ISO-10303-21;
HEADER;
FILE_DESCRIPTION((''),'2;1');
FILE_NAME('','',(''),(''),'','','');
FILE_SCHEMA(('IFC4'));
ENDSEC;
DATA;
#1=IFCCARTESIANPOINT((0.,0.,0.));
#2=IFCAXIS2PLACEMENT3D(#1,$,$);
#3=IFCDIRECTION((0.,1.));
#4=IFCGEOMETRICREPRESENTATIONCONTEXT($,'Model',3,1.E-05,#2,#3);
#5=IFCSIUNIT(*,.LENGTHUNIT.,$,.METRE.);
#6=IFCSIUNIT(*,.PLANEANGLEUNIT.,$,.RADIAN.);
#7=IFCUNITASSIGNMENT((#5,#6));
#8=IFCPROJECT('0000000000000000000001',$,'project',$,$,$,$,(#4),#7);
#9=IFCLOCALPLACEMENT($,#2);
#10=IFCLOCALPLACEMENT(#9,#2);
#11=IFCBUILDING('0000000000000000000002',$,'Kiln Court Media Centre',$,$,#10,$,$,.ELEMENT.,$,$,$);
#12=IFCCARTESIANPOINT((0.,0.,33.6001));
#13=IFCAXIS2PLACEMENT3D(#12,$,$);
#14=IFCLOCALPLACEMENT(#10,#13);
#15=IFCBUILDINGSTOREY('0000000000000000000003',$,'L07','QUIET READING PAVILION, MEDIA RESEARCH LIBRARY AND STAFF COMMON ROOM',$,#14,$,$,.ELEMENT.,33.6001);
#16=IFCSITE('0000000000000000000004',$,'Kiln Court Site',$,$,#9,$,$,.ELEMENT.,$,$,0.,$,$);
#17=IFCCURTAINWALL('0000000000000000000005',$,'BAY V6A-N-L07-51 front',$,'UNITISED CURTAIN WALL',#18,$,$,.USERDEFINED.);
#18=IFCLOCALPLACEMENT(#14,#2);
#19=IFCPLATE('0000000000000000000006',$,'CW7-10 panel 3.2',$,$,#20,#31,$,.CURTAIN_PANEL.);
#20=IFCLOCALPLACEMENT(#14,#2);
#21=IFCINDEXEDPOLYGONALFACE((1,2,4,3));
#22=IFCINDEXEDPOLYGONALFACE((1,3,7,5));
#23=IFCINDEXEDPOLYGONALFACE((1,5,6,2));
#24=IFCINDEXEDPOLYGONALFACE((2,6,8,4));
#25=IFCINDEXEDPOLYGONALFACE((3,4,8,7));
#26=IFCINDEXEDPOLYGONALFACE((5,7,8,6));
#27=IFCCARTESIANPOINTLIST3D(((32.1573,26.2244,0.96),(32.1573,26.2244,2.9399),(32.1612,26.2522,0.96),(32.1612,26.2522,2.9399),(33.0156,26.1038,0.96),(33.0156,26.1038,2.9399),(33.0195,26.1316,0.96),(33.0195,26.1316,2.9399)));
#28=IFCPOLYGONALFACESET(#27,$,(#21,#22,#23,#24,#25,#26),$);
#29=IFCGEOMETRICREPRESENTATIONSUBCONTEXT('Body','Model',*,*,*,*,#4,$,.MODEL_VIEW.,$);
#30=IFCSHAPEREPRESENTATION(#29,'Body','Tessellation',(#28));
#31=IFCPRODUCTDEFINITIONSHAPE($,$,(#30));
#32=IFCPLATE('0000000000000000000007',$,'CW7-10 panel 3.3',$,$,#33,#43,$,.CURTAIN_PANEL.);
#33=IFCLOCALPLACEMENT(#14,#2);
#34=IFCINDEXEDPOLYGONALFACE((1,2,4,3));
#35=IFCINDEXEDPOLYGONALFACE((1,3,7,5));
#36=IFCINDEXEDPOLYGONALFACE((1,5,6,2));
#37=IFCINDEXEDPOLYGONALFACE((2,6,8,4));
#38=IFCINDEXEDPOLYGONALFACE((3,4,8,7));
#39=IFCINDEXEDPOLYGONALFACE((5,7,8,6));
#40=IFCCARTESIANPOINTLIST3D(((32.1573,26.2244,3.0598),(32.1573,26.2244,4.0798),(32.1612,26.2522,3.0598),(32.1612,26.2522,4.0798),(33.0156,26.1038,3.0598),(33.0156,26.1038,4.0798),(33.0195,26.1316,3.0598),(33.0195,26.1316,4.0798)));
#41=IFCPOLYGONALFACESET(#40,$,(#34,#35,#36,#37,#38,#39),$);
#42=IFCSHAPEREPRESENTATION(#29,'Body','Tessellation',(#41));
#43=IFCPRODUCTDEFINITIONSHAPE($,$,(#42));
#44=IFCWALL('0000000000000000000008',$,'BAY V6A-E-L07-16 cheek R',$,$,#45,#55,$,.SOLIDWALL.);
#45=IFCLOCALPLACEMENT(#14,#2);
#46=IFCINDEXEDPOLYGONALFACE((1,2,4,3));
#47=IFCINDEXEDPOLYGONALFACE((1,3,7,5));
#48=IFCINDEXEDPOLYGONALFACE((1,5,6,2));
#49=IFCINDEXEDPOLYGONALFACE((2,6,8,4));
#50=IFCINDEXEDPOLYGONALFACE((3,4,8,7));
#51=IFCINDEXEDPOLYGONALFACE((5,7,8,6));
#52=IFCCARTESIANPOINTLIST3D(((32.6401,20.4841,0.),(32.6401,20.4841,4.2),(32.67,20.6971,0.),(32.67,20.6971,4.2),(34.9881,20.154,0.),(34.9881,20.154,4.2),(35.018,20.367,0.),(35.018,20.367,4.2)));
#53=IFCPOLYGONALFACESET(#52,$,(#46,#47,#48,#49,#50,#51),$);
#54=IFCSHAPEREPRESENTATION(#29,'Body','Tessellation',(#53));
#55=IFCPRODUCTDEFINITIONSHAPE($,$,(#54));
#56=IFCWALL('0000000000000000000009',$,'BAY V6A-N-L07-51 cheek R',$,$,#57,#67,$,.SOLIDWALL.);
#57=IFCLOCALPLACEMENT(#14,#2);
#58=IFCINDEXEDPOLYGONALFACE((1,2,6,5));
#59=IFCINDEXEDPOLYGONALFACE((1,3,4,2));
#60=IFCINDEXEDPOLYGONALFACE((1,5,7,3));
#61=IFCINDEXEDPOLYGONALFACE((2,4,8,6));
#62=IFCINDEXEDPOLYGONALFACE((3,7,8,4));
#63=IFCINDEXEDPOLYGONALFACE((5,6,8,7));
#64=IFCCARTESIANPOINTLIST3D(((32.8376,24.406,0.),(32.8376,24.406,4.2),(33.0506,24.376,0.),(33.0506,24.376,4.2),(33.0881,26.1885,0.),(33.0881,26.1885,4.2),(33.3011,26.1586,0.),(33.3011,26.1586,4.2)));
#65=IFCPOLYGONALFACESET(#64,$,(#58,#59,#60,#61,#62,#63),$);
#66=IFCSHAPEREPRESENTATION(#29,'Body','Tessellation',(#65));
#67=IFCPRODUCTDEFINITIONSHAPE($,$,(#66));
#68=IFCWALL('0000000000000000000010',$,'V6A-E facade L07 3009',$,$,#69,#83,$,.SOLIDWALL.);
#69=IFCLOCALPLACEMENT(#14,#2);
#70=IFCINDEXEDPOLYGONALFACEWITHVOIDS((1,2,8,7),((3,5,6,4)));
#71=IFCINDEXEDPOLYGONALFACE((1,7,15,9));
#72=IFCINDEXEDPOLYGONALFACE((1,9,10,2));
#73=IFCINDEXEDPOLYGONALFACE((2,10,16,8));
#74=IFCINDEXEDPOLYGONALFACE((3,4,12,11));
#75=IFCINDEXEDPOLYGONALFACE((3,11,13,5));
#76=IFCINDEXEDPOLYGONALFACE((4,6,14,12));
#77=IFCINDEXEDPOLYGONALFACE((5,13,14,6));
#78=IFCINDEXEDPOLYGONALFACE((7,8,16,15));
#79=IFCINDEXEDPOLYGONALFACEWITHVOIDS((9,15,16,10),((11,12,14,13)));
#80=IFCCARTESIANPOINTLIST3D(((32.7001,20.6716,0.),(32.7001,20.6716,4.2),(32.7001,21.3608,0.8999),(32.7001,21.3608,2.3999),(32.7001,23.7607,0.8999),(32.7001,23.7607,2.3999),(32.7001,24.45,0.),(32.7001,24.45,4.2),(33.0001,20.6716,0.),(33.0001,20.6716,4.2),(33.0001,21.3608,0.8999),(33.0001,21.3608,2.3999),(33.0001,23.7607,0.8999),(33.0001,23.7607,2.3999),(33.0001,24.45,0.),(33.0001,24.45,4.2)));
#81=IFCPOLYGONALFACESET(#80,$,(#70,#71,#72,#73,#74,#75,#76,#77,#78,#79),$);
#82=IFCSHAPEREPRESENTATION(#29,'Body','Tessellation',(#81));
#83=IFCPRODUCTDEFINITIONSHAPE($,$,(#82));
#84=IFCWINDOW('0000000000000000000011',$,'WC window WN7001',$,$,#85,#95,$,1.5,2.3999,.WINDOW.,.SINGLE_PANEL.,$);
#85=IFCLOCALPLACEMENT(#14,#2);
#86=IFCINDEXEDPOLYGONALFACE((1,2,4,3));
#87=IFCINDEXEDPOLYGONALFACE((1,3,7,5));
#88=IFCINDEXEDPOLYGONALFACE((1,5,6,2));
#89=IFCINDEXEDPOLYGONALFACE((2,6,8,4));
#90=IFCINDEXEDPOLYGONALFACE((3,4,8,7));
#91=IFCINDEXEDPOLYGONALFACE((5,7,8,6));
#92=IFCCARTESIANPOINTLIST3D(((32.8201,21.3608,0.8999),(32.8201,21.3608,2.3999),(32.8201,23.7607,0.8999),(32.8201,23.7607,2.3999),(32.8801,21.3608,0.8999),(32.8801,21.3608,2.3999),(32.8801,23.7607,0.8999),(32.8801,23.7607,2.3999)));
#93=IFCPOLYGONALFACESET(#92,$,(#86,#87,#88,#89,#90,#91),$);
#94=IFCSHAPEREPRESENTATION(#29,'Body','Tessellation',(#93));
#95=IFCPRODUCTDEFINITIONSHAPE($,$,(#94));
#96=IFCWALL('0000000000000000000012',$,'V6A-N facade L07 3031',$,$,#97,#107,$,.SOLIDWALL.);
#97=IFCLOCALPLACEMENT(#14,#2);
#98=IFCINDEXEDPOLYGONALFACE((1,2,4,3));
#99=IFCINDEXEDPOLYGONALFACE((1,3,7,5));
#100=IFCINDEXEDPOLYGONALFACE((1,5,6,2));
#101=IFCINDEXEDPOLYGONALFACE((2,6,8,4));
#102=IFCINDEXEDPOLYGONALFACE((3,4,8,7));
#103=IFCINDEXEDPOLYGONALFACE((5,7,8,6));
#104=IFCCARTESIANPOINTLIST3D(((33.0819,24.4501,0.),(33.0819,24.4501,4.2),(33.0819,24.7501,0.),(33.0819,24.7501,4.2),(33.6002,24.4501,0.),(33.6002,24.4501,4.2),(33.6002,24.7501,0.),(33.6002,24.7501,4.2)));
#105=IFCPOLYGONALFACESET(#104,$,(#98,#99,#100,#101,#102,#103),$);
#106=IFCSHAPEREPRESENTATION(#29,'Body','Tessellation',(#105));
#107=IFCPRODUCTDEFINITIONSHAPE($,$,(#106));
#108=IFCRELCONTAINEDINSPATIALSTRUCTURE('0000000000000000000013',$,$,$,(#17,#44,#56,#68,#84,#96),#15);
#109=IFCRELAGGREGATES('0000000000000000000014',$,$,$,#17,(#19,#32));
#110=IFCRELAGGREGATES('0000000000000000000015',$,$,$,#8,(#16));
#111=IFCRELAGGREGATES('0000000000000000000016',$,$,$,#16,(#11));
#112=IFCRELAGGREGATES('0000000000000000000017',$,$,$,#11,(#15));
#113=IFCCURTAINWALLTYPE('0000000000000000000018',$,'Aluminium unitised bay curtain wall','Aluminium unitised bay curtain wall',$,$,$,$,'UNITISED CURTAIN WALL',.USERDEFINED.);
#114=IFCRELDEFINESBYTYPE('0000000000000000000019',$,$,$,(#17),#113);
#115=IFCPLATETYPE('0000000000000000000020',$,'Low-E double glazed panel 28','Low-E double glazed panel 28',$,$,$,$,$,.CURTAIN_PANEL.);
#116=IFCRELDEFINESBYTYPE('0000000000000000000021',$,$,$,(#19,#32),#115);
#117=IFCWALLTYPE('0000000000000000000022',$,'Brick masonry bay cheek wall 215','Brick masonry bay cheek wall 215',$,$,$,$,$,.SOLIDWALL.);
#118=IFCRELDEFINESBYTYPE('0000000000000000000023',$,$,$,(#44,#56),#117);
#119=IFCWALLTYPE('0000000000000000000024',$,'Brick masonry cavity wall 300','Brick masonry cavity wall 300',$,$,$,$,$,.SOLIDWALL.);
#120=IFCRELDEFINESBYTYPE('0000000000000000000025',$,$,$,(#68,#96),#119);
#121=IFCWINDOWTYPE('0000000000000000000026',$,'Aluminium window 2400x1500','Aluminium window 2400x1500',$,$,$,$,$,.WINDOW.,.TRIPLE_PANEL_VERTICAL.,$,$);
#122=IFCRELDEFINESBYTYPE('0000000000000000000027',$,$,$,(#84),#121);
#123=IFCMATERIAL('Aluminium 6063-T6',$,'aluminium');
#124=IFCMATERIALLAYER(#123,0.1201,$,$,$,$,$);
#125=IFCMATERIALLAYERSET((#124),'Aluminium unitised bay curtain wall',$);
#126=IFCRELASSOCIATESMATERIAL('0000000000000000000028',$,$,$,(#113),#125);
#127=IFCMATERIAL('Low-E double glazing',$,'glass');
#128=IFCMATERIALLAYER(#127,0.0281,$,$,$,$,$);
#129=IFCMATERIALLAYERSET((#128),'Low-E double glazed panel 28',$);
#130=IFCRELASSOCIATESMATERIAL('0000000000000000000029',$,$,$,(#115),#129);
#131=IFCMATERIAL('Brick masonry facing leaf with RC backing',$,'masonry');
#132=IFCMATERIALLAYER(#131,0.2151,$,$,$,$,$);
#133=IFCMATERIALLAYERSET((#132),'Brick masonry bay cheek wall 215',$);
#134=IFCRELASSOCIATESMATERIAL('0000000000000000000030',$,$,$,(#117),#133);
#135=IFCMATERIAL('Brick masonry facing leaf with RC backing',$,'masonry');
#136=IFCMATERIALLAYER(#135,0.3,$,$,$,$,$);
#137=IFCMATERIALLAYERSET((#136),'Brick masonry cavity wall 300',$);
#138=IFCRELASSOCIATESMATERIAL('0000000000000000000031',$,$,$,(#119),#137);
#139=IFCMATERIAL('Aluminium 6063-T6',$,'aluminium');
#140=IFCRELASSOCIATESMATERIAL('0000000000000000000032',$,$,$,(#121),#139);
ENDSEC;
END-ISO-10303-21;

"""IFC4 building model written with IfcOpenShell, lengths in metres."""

from ifc_helpers import new_model, si_unit, direction, frame, frame_2d, origin, origin_2d, place, context, subcontext, project, spatial, rectangle, extrude, material, layer, layer_set, type_object, element, fill, aggregate, save


model = new_model("IFC4")

# Units and contexts
model_context = context("Model", 3, precision=1e-05, world=origin(), true_north=direction((0.0, 1.0)))
body_context = subcontext(model_context, "Body", "Model", "MODEL_VIEW")
ifc_project = project(units=[si_unit("LENGTHUNIT", "METRE"), si_unit("PLANEANGLEUNIT", "RADIAN")], contexts=[model_context])

# Site, building, storey
site_placement = place(None, origin())
site = spatial("IfcSite", under=ifc_project, at=site_placement, Name="Kiln Court Site", CompositionType="ELEMENT", RefElevation=0.0)
building_placement = place(site_placement, origin())
building = spatial("IfcBuilding", under=site, at=building_placement, Name="Kiln Court Media Centre", CompositionType="ELEMENT")
storey_placement = place(building_placement, frame((0.0, 0.0, 33.6001)))
storey = spatial("IfcBuildingStorey", under=building, at=storey_placement, Name="L07", Description="QUIET READING PAVILION, MEDIA RESEARCH LIBRARY AND STAFF COMMON ROOM", CompositionType="ELEMENT", Elevation=33.6001)

# Shared definitions
ifc_material_1 = material(Name="Aluminium 6063-T6", Category="aluminium")
ifc_layer_1 = layer(ifc_material_1, 0.1201)
ifc_layer_set_1 = layer_set([ifc_layer_1], Name="Aluminium unitised bay curtain wall")
curtain_wall_type = type_object("IfcCurtainWallType", Name="Aluminium unitised bay curtain wall", Description="Aluminium unitised bay curtain wall", ElementType="UNITISED CURTAIN WALL", PredefinedType="USERDEFINED", material=ifc_layer_set_1)

# Curtain wall
curtain_wall_1_placement = place(storey_placement, origin())
curtain_wall_1 = element("IfcCurtainWall", 1, at=curtain_wall_1_placement, inside=storey, type_object=curtain_wall_type, Name="BAY V6A-N-L07-51 front", ObjectType="UNITISED CURTAIN WALL", PredefinedType="USERDEFINED")

# Plates
ifc_material_2 = material(Name="Low-E double glazing", Category="glass")
ifc_layer_2 = layer(ifc_material_2, 0.0281)
ifc_layer_set_2 = layer_set([ifc_layer_2], Name="Low-E double glazed panel 28")
plate_type_1 = type_object("IfcPlateType", Name="Low-E double glazed panel 28", Description="Low-E double glazed panel 28", PredefinedType="CURTAIN_PANEL", material=ifc_layer_set_2)
plate_1_placement = place(storey_placement, frame((32.5884, 26.178, 0.96), z_axis=(0.0, 0.0, 1.0), x_axis=(0.99027, -0.139162, 0.0)))
plate_1 = element("IfcPlate", 2, at=plate_1_placement, type_object=plate_type_1, Name="CW7-10 panel 3.2", PredefinedType="CURTAIN_PANEL", context=body_context, shape_type="SweptSolid", body=[
    extrude(rectangle(XDim=0.8667, YDim=0.0281, at=origin_2d()), origin(), (0.0, 0.0, 1.0), 1.98),
])
plate_2_placement = place(storey_placement, frame((32.5884, 26.178, 3.0598), z_axis=(0.0, 0.0, 1.0), x_axis=(0.99027, -0.139162, 0.0)))
plate_2 = element("IfcPlate", 3, at=plate_2_placement, type_object=plate_type_1, Name="CW7-10 panel 3.3", PredefinedType="CURTAIN_PANEL", context=body_context, shape_type="SweptSolid", body=[
    extrude(rectangle(XDim=0.8667, YDim=0.0281, at=origin_2d()), origin(), (0.0, 0.0, 1.0), 1.02),
])
aggregate(curtain_wall_1, [plate_1, plate_2])

# Walls
ifc_material_3 = material(Name="Brick masonry facing leaf with RC backing", Category="masonry")
ifc_layer_3 = layer(ifc_material_3, 0.2151)
ifc_layer_set_3 = layer_set([ifc_layer_3], Name="Brick masonry bay cheek wall 215")
wall_type_1 = type_object("IfcWallType", Name="Brick masonry bay cheek wall 215", Description="Brick masonry bay cheek wall 215", PredefinedType="SOLIDWALL", material=ifc_layer_set_3)
wall_1_placement = place(storey_placement, frame((32.655, 20.5906, 0.0), z_axis=(0.0, 0.0, 1.0), x_axis=(0.990262, -0.139215, 0.0)))
element("IfcWall", 4, at=wall_1_placement, inside=storey, type_object=wall_type_1, Name="BAY V6A-E-L07-16 cheek R", PredefinedType="SOLIDWALL", context=body_context, shape_type="SweptSolid", body=[
    extrude(rectangle(XDim=2.3711, YDim=0.2151, at=frame_2d((1.1855, 0.0))), origin(), (0.0, 0.0, 1.0), 4.2),
])
wall_2_placement = place(storey_placement, frame((32.9441, 24.3911, 0.0), z_axis=(0.0, 0.0, 1.0), x_axis=(0.139161, 0.99027, 0.0)))
element("IfcWall", 5, at=wall_2_placement, inside=storey, type_object=wall_type_1, Name="BAY V6A-N-L07-51 cheek R", PredefinedType="SOLIDWALL", context=body_context, shape_type="SweptSolid", body=[
    extrude(rectangle(XDim=1.8, YDim=0.2151, at=frame_2d((0.8999, 0.0))), origin(), (0.0, 0.0, 1.0), 4.2),
])

# Wall, opening, window
ifc_material_4 = material(Name="Brick masonry facing leaf with RC backing", Category="masonry")
ifc_layer_4 = layer(ifc_material_4, 0.3)
ifc_layer_set_4 = layer_set([ifc_layer_4], Name="Brick masonry cavity wall 300")
wall_type_2 = type_object("IfcWallType", Name="Brick masonry cavity wall 300", Description="Brick masonry cavity wall 300", PredefinedType="SOLIDWALL", material=ifc_layer_set_4)
wall_3_placement = place(storey_placement, frame((32.8501, 24.45, 0.0), z_axis=(0.0, 0.0, 1.0), x_axis=(0.0, -1.0, 0.0)))
wall_3 = element("IfcWall", 6, at=wall_3_placement, inside=storey, type_object=wall_type_2, Name="V6A-E facade L07 3009", PredefinedType="SOLIDWALL", context=body_context, shape_type="SweptSolid", body=[
    extrude(rectangle(XDim=3.7783, YDim=0.3, at=frame_2d((1.8892, 0.0))), origin(), (0.0, 0.0, 1.0), 4.2),
])
opening_placement = place(wall_3_placement, frame((0.6892, 0.0, 0.8999)))
opening = element("IfcOpeningElement", 7, at=opening_placement, cuts=wall_3, PredefinedType="OPENING", context=body_context, shape_type="SweptSolid", body=[
    extrude(rectangle(XDim=2.3999, YDim=1.5, at=frame_2d((1.2, 0.75))), frame((0.0, 0.1599, 0.0), z_axis=(0.0, -1.0, 0.0), x_axis=(1.0, 0.0, 0.0)), (0.0, 0.0, 1.0), 0.3201),
])
ifc_material_5 = material(Name="Aluminium 6063-T6", Category="aluminium")
window_type = type_object("IfcWindowType", Name="Aluminium window 2400x1500", Description="Aluminium window 2400x1500", PartitioningType="TRIPLE_PANEL_VERTICAL", PredefinedType="WINDOW", material=ifc_material_5)
window_placement = place(opening_placement, origin())
window = element("IfcWindow", 8, at=window_placement, inside=storey, type_object=window_type, Name="WC window WN7001", OverallHeight=1.5, OverallWidth=2.3999, PartitioningType="SINGLE_PANEL", PredefinedType="WINDOW", context=body_context, shape_type="SweptSolid", body=[
    extrude(rectangle(XDim=2.3999, YDim=1.5, at=frame_2d((1.2, 0.75))), frame((0.0, 0.03, 0.0), z_axis=(0.0, -1.0, 0.0), x_axis=(1.0, 0.0, 0.0)), (0.0, 0.0, 1.0), 0.0601),
])
fill(opening, window)

# Wall
wall_4_placement = place(storey_placement, frame((33.0818, 24.6001, 0.0), z_axis=(0.0, 0.0, 1.0), x_axis=(1.0, 0.0, 0.0)))
element("IfcWall", 9, at=wall_4_placement, inside=storey, type_object=wall_type_2, Name="V6A-N facade L07 3031", PredefinedType="SOLIDWALL", context=body_context, shape_type="SweptSolid", body=[
    extrude(rectangle(XDim=0.5183, YDim=0.3, at=frame_2d((0.2593, 0.0))), origin(), (0.0, 0.0, 1.0), 4.2),
])

save(model, "model.ifc")
